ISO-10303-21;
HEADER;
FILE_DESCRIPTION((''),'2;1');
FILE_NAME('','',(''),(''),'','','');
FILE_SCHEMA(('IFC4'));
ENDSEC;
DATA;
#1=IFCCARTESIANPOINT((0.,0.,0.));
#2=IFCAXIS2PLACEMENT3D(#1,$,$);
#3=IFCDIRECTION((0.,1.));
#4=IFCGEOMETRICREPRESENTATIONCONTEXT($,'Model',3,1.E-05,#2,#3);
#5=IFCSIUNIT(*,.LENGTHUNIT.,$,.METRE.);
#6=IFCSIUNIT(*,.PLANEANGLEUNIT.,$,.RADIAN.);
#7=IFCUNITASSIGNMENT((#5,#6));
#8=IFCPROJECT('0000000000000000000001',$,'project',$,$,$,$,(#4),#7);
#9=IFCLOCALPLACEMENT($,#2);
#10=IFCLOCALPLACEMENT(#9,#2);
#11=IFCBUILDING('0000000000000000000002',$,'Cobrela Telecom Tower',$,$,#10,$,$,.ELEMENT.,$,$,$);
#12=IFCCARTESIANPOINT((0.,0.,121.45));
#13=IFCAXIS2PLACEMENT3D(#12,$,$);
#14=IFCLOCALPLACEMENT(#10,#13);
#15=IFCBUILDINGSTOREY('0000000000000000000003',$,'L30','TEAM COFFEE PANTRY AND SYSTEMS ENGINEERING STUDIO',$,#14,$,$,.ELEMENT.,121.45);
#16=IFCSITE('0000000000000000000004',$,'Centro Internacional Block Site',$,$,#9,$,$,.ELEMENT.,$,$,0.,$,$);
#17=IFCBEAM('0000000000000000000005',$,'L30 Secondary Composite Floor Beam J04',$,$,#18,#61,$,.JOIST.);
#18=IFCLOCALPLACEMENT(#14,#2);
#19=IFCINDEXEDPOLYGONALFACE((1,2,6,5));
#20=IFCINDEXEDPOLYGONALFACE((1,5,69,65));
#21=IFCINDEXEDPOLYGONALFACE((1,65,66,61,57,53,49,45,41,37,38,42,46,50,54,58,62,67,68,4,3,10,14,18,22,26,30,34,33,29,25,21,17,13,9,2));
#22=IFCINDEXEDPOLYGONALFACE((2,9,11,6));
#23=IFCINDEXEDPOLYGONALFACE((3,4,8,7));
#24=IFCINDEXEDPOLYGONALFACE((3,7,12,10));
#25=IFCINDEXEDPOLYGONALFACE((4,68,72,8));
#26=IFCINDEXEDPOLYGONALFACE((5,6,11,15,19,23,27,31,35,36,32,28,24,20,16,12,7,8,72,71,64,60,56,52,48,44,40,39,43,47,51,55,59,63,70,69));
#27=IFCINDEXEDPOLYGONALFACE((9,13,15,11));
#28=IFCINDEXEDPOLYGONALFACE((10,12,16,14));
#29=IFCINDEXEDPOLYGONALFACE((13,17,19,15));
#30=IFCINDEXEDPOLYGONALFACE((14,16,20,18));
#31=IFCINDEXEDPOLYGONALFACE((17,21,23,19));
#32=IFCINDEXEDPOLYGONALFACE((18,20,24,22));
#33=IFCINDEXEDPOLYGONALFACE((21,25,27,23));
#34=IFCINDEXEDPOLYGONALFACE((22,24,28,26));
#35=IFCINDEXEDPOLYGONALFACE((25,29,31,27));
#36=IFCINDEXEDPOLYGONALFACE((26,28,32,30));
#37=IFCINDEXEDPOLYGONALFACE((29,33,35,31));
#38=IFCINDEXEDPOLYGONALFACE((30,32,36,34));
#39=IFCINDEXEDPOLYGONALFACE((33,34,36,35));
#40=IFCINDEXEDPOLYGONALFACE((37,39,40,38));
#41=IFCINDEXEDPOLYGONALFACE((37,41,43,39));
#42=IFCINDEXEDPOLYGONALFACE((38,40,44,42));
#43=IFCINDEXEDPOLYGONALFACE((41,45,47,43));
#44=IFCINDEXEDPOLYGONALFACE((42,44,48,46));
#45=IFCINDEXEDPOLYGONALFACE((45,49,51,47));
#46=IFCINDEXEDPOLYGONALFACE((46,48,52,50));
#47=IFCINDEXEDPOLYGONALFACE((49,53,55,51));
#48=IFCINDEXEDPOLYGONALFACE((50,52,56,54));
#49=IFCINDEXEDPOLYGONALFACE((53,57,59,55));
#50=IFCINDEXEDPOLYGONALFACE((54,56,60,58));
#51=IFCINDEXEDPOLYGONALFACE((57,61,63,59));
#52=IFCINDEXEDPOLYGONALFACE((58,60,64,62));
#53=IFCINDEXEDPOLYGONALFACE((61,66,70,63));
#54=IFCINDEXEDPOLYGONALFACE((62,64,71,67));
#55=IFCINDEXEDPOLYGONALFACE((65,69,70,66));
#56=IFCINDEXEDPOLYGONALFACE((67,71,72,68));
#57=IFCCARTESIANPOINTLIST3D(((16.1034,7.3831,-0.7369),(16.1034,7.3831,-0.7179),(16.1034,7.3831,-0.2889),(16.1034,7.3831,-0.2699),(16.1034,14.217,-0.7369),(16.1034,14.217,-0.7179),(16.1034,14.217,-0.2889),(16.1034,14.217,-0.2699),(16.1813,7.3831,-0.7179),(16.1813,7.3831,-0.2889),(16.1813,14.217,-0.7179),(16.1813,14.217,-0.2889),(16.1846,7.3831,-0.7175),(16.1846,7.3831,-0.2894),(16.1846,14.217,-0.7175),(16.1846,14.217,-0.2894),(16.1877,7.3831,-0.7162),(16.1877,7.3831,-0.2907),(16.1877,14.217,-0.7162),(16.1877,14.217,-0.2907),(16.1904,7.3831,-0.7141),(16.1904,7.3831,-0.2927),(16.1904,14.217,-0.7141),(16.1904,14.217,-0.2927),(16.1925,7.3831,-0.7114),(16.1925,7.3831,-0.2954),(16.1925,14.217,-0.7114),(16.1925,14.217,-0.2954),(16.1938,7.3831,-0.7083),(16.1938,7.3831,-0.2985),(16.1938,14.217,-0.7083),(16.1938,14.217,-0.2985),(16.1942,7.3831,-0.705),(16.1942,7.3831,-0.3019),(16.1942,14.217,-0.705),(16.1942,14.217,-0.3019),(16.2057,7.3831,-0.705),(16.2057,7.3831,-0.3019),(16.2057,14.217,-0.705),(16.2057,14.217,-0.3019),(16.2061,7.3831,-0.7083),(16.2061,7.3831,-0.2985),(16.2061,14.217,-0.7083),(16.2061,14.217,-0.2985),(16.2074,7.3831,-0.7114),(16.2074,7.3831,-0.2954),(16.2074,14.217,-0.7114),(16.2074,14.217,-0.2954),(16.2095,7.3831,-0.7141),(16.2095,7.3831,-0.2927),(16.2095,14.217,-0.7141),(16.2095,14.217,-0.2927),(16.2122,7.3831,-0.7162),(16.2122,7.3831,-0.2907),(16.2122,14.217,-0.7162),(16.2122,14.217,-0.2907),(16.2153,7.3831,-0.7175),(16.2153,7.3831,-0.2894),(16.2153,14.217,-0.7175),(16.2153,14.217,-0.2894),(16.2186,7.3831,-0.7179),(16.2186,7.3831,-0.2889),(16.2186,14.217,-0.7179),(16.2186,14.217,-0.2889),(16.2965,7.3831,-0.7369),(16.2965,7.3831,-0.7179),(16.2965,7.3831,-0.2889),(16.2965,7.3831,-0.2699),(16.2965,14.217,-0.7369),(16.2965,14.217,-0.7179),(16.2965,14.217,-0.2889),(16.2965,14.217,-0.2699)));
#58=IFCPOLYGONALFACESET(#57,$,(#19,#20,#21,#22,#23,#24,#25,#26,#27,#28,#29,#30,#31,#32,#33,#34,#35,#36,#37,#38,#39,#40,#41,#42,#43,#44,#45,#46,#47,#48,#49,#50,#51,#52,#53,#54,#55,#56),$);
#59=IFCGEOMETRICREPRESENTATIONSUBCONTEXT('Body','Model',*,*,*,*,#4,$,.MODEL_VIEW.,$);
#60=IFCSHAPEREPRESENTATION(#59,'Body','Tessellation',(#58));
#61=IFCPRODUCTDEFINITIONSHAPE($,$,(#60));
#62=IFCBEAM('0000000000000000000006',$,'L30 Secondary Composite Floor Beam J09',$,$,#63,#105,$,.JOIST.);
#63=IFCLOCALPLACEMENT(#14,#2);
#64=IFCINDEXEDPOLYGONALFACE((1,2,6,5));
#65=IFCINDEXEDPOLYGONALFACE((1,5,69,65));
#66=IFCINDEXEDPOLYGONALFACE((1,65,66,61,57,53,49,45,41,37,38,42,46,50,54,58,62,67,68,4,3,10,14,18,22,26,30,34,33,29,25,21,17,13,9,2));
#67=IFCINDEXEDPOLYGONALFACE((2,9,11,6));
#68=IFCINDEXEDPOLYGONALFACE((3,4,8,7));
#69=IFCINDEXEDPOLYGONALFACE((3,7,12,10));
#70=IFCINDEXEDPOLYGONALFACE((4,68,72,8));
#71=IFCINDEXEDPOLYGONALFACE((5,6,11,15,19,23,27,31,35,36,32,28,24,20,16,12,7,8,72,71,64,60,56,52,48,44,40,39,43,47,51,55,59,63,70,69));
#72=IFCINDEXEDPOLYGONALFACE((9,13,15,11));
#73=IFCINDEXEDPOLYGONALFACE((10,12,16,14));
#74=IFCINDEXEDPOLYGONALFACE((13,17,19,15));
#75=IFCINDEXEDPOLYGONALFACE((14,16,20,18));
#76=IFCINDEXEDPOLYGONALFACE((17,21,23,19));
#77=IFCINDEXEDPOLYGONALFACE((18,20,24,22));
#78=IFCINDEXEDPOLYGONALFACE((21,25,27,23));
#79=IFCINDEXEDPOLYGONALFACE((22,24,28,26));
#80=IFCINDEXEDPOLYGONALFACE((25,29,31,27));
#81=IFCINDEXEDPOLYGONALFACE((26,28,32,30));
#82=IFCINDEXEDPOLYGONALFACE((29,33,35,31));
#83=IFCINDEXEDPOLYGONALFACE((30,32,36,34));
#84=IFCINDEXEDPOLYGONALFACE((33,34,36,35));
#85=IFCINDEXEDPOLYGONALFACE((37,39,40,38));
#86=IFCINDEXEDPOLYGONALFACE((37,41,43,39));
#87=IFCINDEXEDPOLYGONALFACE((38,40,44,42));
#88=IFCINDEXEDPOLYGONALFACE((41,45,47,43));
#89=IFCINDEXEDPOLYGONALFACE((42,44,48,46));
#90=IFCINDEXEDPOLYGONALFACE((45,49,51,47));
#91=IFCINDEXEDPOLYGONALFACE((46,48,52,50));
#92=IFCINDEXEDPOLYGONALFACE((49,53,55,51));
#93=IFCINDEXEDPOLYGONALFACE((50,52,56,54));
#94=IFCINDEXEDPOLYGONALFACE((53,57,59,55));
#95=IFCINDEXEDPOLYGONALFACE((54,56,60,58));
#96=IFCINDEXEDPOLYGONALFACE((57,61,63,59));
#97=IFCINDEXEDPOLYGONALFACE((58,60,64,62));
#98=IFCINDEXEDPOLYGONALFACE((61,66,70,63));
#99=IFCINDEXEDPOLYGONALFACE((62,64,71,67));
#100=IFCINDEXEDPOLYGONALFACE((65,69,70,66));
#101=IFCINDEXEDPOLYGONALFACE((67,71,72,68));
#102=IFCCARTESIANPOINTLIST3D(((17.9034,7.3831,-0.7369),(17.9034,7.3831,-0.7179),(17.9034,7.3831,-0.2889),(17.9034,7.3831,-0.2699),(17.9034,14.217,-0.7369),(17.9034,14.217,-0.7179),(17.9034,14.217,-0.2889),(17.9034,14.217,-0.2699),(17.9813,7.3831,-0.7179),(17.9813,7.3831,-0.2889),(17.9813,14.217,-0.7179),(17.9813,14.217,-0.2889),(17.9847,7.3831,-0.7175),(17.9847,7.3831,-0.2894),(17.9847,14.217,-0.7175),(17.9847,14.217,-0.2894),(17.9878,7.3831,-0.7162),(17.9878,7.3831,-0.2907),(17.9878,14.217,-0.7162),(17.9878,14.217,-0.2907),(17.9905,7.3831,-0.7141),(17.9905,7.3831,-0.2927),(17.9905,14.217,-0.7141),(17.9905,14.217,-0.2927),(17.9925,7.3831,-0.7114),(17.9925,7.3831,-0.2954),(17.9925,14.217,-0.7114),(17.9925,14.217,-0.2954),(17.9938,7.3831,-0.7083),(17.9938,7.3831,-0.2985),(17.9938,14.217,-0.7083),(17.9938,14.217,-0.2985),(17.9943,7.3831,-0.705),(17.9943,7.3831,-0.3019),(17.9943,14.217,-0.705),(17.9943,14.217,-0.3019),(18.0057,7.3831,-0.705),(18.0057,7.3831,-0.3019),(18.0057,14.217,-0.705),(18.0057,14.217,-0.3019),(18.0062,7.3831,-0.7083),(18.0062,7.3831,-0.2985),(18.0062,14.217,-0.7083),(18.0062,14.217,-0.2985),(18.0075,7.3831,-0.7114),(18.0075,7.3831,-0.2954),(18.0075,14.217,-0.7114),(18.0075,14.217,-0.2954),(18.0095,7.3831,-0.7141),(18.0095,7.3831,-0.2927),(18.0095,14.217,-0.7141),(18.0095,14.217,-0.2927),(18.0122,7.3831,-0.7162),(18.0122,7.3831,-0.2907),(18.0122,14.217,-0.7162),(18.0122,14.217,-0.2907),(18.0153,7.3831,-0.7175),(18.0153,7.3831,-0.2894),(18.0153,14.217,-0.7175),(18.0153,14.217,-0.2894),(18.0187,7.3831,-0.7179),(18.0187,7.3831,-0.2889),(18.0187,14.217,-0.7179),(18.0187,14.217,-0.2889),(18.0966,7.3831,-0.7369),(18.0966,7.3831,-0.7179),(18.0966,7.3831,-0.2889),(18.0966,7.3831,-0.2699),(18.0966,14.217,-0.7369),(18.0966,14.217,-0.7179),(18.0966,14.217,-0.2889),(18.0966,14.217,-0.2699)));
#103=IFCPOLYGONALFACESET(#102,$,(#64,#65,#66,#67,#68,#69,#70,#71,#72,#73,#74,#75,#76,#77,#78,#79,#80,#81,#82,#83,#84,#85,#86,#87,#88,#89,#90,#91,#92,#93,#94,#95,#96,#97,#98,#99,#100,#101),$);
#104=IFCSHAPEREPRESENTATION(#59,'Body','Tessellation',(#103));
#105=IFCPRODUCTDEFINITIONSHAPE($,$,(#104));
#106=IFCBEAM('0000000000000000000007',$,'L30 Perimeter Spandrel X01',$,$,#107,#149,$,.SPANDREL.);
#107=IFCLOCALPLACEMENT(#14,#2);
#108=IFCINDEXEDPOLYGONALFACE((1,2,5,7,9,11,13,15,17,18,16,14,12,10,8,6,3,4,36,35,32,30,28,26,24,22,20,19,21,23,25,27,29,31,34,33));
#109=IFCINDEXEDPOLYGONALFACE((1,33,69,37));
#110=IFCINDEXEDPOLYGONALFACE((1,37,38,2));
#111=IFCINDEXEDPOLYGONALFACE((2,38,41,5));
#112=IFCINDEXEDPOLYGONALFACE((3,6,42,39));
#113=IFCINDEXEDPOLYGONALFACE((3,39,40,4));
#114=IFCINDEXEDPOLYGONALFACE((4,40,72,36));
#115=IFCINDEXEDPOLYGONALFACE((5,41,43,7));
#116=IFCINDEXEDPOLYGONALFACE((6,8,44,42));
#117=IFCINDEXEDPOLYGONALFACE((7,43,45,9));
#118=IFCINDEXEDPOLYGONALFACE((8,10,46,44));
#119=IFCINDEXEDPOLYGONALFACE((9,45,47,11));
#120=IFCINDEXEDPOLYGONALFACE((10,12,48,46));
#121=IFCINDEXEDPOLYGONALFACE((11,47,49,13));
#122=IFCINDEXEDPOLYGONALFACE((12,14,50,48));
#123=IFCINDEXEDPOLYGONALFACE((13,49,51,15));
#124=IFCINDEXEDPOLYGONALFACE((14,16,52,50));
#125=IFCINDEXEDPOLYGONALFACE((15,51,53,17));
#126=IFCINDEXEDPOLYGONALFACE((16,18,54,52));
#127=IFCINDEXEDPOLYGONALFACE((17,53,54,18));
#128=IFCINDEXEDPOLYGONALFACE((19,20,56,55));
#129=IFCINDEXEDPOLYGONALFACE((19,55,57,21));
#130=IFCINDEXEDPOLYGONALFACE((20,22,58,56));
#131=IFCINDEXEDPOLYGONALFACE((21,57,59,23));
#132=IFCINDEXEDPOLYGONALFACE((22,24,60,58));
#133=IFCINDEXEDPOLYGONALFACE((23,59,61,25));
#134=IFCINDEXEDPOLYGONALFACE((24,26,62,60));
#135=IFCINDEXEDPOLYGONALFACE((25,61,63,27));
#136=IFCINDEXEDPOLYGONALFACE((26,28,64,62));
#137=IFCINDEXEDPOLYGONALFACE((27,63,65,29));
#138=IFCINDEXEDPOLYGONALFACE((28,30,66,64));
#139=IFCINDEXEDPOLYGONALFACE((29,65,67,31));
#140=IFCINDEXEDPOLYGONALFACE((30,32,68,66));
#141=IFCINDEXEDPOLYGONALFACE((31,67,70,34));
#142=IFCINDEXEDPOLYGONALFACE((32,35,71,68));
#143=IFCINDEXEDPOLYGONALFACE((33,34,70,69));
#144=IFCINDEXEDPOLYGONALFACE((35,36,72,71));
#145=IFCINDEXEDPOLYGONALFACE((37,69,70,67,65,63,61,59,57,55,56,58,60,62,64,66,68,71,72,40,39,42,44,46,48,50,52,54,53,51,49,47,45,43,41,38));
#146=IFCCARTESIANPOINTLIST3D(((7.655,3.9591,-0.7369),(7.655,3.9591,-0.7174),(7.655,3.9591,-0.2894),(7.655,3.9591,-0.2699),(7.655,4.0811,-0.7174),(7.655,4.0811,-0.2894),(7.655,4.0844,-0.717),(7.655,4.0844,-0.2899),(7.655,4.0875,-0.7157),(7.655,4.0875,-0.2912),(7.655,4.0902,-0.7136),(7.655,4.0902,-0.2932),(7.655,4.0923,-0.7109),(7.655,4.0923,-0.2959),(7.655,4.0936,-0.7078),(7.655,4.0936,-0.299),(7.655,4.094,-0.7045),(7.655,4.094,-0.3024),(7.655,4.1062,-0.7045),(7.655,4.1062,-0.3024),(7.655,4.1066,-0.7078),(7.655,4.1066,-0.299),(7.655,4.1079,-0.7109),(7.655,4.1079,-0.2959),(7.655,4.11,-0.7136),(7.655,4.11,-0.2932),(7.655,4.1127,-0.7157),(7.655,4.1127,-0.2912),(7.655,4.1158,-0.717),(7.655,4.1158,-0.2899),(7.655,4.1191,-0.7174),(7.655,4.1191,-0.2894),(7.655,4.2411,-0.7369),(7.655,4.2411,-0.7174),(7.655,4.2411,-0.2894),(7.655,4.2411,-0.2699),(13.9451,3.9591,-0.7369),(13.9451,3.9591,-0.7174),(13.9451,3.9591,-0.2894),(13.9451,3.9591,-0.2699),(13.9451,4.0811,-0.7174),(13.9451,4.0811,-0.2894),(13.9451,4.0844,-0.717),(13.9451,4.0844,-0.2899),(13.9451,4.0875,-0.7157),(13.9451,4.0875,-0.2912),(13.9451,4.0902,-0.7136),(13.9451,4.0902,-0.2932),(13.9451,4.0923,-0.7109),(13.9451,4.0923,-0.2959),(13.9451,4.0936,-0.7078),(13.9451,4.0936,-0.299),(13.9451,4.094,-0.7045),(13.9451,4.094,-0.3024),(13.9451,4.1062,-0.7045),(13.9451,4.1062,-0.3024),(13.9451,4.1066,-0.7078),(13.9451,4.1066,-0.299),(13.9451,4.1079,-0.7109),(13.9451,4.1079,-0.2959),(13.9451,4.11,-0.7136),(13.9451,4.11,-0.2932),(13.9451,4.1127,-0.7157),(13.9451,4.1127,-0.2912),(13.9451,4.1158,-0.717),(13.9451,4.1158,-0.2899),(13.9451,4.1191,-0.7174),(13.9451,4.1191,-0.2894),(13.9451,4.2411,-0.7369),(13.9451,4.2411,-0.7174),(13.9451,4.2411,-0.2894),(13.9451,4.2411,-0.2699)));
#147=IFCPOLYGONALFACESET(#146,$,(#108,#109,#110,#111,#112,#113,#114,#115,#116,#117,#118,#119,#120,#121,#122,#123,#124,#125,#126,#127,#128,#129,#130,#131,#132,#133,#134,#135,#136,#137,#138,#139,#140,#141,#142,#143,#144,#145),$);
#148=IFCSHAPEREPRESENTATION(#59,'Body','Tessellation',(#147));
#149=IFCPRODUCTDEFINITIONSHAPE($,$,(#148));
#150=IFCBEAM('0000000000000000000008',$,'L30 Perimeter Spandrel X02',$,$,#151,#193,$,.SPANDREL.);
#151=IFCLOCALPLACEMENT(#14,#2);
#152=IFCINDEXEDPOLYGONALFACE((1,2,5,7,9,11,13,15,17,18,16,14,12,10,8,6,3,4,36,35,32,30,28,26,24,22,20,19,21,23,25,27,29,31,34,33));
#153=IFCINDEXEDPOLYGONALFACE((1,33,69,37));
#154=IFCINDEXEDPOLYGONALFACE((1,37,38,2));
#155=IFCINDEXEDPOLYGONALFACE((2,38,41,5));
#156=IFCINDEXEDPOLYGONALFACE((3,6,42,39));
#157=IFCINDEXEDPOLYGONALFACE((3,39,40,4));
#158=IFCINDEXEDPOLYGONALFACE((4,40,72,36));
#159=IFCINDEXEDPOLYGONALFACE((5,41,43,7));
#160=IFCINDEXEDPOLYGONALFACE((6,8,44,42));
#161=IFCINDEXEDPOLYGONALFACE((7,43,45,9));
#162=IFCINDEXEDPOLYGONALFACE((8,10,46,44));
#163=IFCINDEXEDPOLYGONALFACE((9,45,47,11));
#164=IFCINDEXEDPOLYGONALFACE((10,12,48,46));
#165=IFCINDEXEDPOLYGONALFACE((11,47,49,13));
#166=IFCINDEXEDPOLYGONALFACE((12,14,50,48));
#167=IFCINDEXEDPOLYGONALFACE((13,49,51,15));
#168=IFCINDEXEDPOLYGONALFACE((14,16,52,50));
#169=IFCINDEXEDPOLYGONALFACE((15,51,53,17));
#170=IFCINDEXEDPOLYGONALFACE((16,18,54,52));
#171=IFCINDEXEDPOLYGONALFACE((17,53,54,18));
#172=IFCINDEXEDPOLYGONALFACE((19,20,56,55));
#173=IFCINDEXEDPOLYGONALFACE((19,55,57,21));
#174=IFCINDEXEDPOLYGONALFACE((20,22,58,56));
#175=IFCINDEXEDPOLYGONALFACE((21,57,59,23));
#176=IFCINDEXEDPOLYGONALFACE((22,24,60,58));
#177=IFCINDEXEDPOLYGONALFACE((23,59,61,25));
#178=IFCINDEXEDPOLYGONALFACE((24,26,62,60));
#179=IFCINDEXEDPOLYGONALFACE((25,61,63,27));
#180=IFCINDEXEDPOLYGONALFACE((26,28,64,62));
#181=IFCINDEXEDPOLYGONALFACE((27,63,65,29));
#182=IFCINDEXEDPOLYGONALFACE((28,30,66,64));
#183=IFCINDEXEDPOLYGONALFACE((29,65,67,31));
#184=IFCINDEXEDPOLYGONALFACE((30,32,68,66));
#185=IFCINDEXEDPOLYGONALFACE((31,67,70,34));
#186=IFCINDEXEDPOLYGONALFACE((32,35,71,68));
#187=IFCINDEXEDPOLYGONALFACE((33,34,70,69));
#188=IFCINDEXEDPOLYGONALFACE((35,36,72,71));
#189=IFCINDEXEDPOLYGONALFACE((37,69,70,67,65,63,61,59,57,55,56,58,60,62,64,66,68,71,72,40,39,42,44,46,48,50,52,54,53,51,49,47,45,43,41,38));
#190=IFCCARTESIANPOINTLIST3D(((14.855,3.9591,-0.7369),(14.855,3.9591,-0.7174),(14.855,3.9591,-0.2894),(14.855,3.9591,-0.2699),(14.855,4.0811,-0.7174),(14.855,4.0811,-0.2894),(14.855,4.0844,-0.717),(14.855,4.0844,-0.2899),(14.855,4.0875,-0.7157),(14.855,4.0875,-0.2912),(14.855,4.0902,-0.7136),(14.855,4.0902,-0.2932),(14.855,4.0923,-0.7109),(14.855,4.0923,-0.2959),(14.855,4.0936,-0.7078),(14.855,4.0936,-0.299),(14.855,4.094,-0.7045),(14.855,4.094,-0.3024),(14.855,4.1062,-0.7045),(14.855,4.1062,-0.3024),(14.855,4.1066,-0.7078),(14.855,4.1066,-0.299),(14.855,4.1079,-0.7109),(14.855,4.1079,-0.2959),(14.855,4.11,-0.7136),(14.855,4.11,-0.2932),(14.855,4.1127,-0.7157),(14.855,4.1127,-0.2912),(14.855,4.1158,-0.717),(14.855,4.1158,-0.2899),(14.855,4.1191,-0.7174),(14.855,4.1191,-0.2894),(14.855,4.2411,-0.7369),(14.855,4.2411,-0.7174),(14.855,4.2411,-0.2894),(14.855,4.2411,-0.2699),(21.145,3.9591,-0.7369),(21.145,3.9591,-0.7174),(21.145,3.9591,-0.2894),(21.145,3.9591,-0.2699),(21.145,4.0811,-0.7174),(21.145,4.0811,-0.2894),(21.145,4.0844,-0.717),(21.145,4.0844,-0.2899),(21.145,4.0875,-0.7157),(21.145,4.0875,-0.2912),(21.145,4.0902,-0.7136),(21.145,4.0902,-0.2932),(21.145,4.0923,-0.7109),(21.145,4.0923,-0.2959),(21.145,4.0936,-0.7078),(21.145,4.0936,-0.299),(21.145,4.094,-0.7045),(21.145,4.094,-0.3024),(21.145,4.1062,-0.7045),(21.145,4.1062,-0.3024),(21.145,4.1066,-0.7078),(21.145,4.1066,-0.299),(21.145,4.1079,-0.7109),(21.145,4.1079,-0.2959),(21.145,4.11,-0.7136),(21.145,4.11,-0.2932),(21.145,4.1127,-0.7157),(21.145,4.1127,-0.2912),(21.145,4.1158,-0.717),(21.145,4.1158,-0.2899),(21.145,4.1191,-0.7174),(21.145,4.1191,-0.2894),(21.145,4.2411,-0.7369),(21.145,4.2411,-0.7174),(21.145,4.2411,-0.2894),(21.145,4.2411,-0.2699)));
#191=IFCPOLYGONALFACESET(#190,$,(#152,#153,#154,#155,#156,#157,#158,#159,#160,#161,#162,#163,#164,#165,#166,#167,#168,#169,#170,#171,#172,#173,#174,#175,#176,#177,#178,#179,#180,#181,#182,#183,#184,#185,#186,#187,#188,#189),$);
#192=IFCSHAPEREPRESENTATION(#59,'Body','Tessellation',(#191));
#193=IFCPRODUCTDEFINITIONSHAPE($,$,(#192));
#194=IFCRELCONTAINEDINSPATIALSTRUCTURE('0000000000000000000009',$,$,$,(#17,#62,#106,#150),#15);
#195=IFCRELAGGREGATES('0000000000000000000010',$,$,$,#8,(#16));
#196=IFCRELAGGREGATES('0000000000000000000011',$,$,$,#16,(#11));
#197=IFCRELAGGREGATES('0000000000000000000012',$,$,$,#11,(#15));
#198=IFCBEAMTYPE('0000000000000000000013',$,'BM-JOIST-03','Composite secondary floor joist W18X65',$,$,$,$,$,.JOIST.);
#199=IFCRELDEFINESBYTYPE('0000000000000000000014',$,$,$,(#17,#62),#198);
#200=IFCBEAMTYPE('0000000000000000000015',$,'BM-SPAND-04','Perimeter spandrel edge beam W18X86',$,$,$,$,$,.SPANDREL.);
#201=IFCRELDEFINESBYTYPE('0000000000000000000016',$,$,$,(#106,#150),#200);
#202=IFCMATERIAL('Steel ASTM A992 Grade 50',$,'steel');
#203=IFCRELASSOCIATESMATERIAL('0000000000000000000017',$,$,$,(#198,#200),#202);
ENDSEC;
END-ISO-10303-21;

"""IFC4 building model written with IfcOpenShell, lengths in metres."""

from ifc_helpers import new_model, si_unit, direction, frame, origin, origin_2d, place, context, subcontext, project, spatial, i_section, extrude, material, material_profile, profile_set, type_object, element, save


model = new_model("IFC4")

# Units and contexts
model_context = context("Model", 3, precision=1e-05, world=origin(), true_north=direction((0.0, 1.0)))
body_context = subcontext(model_context, "Body", "Model", "MODEL_VIEW")
ifc_project = project(units=[si_unit("LENGTHUNIT", "METRE"), si_unit("PLANEANGLEUNIT", "RADIAN")], contexts=[model_context])

# Site, building, storey
site_placement = place(None, origin())
site = spatial("IfcSite", under=ifc_project, at=site_placement, Name="Centro Internacional Block Site", CompositionType="ELEMENT", RefElevation=0.0)
building_placement = place(site_placement, origin())
building = spatial("IfcBuilding", under=site, at=building_placement, Name="Cobrela Telecom Tower", CompositionType="ELEMENT")
storey_placement = place(building_placement, frame((0.0, 0.0, 121.45)))
storey = spatial("IfcBuildingStorey", under=building, at=storey_placement, Name="L30", Description="TEAM COFFEE PANTRY AND SYSTEMS ENGINEERING STUDIO", CompositionType="ELEMENT", Elevation=121.45)

# Beams
ifc_material_1 = material(Name="Steel ASTM A992 Grade 50", Category="steel")
ifc_material_profile_1 = material_profile(ifc_material_1, i_section(OverallWidth=0.1931, OverallDepth=0.467, WebThickness=0.0115, FlangeThickness=0.019, FilletRadius=0.0129, at=origin_2d()), Name="W18X65")
ifc_profile_set_1 = profile_set([ifc_material_profile_1], Name="Steel ASTM A992 Grade 50")
beam_type_1 = type_object("IfcBeamType", Name="BM-JOIST-03", Description="Composite secondary floor joist W18X65", PredefinedType="JOIST", material=ifc_profile_set_1)
for number, where, z_axis, x_axis, name in (
    (1, (16.2, 7.3831, -0.5034), (0.0, 1.0, 0.0), (-1.0, 0.0, 0.0), "L30 Secondary Composite Floor Beam J04"),
    (2, (18.0, 7.3831, -0.5034), (0.0, 1.0, 0.0), (-1.0, 0.0, 0.0), "L30 Secondary Composite Floor Beam J09"),
):
    element("IfcBeam", number, at=place(storey_placement, frame(where, z_axis=z_axis, x_axis=x_axis)), inside=storey, type_object=beam_type_1, Name=name, PredefinedType="JOIST", context=body_context, shape_type="SweptSolid", body=[
        extrude(i_section(OverallWidth=0.1931, OverallDepth=0.467, WebThickness=0.0115, FlangeThickness=0.019, FilletRadius=0.0129, at=origin_2d()), origin(), (0.0, 0.0, 1.0), 6.834),
    ])
ifc_material_profile_2 = material_profile(ifc_material_1, i_section(OverallWidth=0.282, OverallDepth=0.467, WebThickness=0.0122, FlangeThickness=0.0195, FilletRadius=0.0129, at=origin_2d()), Name="W18X86")
ifc_profile_set_2 = profile_set([ifc_material_profile_2], Name="Steel ASTM A992 Grade 50")
beam_type_2 = type_object("IfcBeamType", Name="BM-SPAND-04", Description="Perimeter spandrel edge beam W18X86", PredefinedType="SPANDREL", material=ifc_profile_set_2)
for number, where, z_axis, x_axis, name in (
    (3, (7.655, 4.1001, -0.5034), (1.0, 0.0, 0.0), (0.0, 1.0, 0.0), "L30 Perimeter Spandrel X01"),
    (4, (14.855, 4.1001, -0.5034), (1.0, 0.0, 0.0), (0.0, 1.0, 0.0), "L30 Perimeter Spandrel X02"),
):
    element("IfcBeam", number, at=place(storey_placement, frame(where, z_axis=z_axis, x_axis=x_axis)), inside=storey, type_object=beam_type_2, Name=name, PredefinedType="SPANDREL", context=body_context, shape_type="SweptSolid", body=[
        extrude(i_section(OverallWidth=0.282, OverallDepth=0.467, WebThickness=0.0122, FlangeThickness=0.0195, FilletRadius=0.0129, at=origin_2d()), origin(), (0.0, 0.0, 1.0), 6.29),
    ])

save(model, "model.ifc")
